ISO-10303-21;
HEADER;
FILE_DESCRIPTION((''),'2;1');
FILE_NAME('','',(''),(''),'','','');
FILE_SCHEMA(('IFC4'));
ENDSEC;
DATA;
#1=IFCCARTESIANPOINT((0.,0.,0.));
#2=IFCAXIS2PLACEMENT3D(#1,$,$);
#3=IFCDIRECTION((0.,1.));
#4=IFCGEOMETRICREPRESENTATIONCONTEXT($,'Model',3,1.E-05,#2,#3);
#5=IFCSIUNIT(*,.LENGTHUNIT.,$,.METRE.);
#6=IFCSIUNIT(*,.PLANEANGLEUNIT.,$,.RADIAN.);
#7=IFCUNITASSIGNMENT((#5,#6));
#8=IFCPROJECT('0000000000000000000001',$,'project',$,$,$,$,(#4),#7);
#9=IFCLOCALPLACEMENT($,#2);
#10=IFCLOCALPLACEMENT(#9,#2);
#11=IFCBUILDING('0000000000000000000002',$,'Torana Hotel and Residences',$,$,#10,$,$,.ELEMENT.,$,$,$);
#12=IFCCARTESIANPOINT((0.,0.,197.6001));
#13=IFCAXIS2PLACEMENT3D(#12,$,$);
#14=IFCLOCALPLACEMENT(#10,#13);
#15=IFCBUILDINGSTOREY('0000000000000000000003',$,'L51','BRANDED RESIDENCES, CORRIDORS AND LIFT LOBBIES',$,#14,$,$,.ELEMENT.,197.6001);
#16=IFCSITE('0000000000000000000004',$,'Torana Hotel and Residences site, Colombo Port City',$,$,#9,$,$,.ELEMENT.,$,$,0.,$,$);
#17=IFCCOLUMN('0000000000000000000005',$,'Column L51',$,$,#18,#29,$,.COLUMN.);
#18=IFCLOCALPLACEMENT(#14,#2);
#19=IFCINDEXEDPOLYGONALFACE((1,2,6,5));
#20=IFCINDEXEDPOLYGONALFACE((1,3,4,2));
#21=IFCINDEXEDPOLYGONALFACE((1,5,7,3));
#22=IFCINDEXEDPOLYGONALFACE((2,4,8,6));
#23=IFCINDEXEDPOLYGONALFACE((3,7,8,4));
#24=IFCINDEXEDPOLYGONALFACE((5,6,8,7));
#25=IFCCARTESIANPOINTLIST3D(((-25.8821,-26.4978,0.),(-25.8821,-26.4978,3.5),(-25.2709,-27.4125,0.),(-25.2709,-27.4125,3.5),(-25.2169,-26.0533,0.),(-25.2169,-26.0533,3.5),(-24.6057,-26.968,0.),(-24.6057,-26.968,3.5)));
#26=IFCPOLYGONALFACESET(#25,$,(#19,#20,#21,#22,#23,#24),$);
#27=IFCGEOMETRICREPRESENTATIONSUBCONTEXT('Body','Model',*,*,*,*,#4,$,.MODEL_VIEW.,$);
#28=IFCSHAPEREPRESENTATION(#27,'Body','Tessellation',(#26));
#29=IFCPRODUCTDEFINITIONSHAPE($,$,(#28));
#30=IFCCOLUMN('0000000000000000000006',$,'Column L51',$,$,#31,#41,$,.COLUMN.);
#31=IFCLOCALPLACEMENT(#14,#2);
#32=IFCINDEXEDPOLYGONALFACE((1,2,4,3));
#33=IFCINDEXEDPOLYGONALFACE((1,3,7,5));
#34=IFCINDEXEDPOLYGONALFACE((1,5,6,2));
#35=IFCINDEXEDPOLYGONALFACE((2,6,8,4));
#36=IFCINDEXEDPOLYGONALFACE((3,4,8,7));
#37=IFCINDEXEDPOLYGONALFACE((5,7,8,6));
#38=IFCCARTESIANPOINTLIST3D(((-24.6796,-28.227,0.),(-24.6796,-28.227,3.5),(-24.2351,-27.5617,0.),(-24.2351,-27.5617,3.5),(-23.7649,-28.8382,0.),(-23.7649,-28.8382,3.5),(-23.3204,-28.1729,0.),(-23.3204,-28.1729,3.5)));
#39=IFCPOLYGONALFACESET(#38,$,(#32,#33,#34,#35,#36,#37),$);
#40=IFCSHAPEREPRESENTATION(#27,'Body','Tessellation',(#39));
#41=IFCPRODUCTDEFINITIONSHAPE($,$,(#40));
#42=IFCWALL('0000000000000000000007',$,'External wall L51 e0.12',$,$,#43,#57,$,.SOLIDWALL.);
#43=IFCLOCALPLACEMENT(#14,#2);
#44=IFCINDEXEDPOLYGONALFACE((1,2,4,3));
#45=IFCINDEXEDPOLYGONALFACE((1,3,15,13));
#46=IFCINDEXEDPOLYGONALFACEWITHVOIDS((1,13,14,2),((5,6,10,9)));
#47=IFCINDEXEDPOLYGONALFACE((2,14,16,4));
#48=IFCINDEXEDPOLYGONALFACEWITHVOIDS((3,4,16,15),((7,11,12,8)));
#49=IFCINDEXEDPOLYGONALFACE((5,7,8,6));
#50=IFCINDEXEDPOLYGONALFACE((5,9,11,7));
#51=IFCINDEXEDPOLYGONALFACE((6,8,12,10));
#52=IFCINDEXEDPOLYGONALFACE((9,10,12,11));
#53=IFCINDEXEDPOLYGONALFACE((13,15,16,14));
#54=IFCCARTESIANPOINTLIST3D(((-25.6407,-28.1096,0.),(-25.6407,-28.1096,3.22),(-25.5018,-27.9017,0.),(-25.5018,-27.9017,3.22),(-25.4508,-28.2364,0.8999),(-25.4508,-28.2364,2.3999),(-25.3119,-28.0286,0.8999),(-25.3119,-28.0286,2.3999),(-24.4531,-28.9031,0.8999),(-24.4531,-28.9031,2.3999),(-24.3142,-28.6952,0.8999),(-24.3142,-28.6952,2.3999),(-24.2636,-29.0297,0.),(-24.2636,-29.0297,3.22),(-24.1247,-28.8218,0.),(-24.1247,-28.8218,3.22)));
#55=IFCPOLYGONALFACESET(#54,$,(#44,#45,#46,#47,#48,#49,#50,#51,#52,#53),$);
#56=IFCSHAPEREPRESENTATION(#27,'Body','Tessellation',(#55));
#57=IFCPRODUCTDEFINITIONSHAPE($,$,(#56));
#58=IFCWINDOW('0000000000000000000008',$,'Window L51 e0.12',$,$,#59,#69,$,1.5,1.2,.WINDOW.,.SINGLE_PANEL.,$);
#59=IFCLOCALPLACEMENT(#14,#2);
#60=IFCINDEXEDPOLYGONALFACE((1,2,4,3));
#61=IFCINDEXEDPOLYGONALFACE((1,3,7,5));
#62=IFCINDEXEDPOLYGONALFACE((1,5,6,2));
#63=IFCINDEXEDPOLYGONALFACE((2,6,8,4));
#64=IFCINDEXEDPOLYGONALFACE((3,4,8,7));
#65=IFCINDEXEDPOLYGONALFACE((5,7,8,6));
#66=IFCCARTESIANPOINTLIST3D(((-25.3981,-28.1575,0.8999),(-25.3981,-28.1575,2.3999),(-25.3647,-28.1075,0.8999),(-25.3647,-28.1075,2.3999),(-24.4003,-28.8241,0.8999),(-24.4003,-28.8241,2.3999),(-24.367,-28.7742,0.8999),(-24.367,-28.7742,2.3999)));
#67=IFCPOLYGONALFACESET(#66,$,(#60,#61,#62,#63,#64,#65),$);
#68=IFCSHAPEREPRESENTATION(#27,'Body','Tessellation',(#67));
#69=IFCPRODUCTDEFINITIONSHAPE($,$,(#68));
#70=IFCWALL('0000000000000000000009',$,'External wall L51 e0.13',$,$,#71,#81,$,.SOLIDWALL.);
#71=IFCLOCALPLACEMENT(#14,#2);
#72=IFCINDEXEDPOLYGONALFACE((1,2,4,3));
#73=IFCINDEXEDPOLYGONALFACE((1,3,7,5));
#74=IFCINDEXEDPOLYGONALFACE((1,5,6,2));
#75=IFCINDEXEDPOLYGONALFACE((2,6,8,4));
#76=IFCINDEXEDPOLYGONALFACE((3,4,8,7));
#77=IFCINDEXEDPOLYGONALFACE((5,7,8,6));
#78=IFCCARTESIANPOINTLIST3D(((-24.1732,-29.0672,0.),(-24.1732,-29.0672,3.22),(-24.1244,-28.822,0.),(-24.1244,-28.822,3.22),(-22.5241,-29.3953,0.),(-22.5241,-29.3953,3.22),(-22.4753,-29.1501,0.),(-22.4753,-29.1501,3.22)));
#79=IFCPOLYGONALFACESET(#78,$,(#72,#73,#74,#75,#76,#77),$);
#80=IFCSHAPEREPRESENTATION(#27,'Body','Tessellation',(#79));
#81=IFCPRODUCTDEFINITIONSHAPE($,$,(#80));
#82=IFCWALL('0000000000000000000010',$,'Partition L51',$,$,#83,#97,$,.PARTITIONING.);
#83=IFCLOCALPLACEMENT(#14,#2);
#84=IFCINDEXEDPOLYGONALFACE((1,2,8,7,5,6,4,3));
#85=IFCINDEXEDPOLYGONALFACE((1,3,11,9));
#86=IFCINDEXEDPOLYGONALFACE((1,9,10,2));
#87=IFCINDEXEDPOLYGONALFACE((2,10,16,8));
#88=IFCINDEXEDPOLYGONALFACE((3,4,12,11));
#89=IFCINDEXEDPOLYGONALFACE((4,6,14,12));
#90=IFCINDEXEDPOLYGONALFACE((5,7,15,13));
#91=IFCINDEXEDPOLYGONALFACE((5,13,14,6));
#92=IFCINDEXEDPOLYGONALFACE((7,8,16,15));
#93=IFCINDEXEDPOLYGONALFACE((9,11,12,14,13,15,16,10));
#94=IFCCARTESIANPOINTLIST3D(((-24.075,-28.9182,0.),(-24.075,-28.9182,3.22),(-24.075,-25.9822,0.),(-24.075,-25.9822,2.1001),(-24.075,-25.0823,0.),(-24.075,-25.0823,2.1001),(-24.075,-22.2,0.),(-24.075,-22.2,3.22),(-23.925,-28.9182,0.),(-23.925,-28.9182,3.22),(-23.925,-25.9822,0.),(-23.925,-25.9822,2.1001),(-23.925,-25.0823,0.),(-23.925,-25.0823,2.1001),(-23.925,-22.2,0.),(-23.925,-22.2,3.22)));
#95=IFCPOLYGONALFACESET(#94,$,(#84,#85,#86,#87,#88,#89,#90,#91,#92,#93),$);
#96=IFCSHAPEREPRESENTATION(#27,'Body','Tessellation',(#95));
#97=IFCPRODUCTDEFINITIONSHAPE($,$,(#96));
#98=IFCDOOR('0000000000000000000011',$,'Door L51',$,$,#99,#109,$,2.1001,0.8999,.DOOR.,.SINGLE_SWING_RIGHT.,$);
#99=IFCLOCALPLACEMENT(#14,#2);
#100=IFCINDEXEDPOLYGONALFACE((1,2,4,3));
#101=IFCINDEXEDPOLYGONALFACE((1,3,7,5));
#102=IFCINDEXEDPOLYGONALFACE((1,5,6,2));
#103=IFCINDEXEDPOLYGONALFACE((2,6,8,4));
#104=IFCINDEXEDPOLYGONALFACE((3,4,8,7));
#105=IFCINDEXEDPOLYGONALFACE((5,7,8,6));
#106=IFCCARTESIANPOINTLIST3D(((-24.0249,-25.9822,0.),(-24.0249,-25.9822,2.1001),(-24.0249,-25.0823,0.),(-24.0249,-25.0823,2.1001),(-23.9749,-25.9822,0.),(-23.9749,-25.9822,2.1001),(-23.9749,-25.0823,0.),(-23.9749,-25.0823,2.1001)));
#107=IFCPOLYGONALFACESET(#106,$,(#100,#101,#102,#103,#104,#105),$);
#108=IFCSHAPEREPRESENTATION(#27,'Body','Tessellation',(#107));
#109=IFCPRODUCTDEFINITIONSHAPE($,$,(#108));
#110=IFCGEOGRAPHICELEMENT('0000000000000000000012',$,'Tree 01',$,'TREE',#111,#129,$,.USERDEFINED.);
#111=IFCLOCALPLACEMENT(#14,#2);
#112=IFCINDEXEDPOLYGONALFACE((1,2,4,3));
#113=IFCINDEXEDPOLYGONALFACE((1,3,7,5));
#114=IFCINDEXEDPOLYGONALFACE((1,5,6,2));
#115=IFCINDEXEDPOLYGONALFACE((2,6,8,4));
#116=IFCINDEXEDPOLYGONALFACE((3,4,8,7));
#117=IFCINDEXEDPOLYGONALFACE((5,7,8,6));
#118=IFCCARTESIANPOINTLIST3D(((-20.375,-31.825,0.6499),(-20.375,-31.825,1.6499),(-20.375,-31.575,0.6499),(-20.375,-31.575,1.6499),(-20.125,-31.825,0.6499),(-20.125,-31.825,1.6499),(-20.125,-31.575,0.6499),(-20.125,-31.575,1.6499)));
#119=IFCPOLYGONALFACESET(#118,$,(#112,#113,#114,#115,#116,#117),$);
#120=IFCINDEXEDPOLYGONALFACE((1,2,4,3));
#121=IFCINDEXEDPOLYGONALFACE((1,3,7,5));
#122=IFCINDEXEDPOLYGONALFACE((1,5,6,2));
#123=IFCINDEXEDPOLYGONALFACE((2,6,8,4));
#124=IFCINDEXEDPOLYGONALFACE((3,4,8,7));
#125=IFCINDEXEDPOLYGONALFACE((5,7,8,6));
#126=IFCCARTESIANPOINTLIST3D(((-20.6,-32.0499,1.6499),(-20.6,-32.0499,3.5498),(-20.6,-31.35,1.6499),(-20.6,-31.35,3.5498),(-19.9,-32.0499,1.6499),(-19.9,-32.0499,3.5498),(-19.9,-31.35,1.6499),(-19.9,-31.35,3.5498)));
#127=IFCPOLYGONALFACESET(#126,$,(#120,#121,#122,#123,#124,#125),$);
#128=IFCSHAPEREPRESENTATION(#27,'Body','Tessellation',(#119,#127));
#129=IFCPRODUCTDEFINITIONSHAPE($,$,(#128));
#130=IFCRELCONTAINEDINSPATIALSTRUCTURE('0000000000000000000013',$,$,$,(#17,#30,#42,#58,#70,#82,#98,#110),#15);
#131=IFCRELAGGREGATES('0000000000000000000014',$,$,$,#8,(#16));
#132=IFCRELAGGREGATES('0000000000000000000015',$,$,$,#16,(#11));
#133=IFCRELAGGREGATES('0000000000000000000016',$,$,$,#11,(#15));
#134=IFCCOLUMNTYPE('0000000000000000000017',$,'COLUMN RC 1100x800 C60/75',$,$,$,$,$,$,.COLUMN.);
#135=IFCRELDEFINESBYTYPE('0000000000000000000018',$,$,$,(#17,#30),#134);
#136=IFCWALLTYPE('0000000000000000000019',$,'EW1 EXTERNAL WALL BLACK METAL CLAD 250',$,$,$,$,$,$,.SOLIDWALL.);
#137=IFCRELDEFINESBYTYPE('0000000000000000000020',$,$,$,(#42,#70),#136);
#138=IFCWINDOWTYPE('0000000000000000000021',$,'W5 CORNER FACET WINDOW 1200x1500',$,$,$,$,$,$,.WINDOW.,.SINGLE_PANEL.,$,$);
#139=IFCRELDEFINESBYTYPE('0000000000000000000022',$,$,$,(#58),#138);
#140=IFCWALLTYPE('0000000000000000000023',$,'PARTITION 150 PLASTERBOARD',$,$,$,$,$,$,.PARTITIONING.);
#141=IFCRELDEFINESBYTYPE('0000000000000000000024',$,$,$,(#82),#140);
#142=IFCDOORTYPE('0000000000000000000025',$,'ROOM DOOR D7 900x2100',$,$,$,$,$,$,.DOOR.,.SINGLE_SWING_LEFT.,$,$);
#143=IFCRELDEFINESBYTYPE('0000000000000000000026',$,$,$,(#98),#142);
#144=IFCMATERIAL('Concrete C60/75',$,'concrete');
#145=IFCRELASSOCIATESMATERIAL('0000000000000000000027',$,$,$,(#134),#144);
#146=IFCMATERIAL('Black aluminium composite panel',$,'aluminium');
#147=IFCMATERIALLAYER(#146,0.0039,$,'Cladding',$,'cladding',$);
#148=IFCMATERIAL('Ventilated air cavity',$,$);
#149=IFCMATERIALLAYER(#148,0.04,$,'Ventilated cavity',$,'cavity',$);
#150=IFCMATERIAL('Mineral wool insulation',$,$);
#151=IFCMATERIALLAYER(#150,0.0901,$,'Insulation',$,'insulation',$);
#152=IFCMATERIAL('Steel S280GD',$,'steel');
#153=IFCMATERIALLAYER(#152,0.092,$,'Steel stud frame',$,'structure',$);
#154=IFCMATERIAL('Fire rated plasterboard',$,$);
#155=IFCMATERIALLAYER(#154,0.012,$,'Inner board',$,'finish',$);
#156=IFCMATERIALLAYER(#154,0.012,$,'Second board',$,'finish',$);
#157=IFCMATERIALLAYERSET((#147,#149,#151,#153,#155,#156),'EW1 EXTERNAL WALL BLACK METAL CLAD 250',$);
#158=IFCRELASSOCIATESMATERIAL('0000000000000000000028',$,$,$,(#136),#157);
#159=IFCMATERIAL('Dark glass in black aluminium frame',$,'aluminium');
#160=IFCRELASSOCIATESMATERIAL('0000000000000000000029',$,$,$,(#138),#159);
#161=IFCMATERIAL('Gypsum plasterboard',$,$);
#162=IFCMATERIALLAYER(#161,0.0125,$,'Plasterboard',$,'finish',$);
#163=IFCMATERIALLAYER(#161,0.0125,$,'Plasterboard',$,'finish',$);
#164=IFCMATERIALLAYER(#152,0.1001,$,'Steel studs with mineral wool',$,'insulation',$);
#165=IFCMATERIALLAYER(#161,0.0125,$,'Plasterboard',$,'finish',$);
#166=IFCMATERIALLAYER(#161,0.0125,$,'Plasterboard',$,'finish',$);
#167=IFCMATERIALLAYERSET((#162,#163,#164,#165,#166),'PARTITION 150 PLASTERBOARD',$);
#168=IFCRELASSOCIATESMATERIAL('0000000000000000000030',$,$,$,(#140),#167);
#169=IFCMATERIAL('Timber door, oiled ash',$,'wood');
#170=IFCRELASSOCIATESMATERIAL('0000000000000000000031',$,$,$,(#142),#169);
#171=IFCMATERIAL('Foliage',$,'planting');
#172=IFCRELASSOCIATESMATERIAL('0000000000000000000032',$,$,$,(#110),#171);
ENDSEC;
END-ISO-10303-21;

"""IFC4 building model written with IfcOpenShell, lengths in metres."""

from ifc_helpers import new_model, si_unit, direction, frame, frame_2d, origin, origin_2d, place, context, subcontext, project, spatial, rectangle, extrude, material, layer, layer_set, material_profile, profile_set, type_object, element, fill, save


model = new_model("IFC4")

# Units and contexts
model_context = context("Model", 3, precision=1e-05, world=origin(), true_north=direction((0.0, 1.0)))
body_context = subcontext(model_context, "Body", "Model", "MODEL_VIEW")
ifc_project = project(units=[si_unit("LENGTHUNIT", "METRE"), si_unit("PLANEANGLEUNIT", "RADIAN")], contexts=[model_context])

# Site, building, storey
site_placement = place(None, origin())
site = spatial("IfcSite", under=ifc_project, at=site_placement, Name="Torana Hotel and Residences site, Colombo Port City", CompositionType="ELEMENT", RefElevation=0.0)
building_placement = place(site_placement, origin())
building = spatial("IfcBuilding", under=site, at=building_placement, Name="Torana Hotel and Residences", CompositionType="ELEMENT")
storey_placement = place(building_placement, frame((0.0, 0.0, 197.6001)))
storey = spatial("IfcBuildingStorey", under=building, at=storey_placement, Name="L51", Description="BRANDED RESIDENCES, CORRIDORS AND LIFT LOBBIES", CompositionType="ELEMENT", Elevation=197.6001)

# Columns
ifc_material_1 = material(Name="Concrete C60/75", Category="concrete")
ifc_material_profile = material_profile(ifc_material_1, rectangle(XDim=1.1001, YDim=0.8, at=origin_2d()), Name="RC 1100x800")
ifc_profile_set = profile_set([ifc_material_profile], Name="Concrete C60/75")
column_type = type_object("IfcColumnType", Name="COLUMN RC 1100x800 C60/75", PredefinedType="COLUMN", material=ifc_profile_set)
for number, where, z_axis, x_axis, name in (
    (1, (-25.2439, -26.7329, 0.0), (0.0, 0.0, 1.0), (-0.555585, 0.83146, 0.0), "Column L51"),
    (2, (-24.0, -28.2, 0.0), (0.0, 0.0, 1.0), (-0.83146, 0.555585, 0.0), "Column L51"),
):
    element("IfcColumn", number, at=place(storey_placement, frame(where, z_axis=z_axis, x_axis=x_axis)), inside=storey, type_object=column_type, Name=name, PredefinedType="COLUMN", context=body_context, shape_type="SweptSolid", body=[
        extrude(rectangle(XDim=1.1001, YDim=0.8, at=origin_2d()), origin(), (0.0, 0.0, 1.0), 3.5),
    ])

# Wall, opening, window
ifc_material_2 = material(Name="Black aluminium composite panel", Category="aluminium")
ifc_layer_1 = layer(ifc_material_2, 0.0039, Name="Cladding", Category="cladding")
ifc_material_3 = material(Name="Ventilated air cavity")
ifc_layer_2 = layer(ifc_material_3, 0.04, Name="Ventilated cavity", Category="cavity")
ifc_material_4 = material(Name="Mineral wool insulation")
ifc_layer_3 = layer(ifc_material_4, 0.0901, Name="Insulation", Category="insulation")
ifc_material_5 = material(Name="Steel S280GD", Category="steel")
ifc_layer_4 = layer(ifc_material_5, 0.092, Name="Steel stud frame", Category="structure")
ifc_material_6 = material(Name="Fire rated plasterboard")
ifc_layer_5 = layer(ifc_material_6, 0.012, Name="Inner board", Category="finish")
ifc_layer_6 = layer(ifc_material_6, 0.012, Name="Second board", Category="finish")
ifc_layer_set_1 = layer_set([ifc_layer_1, ifc_layer_2, ifc_layer_3, ifc_layer_4, ifc_layer_5, ifc_layer_6], Name="EW1 EXTERNAL WALL BLACK METAL CLAD 250")
wall_type_1 = type_object("IfcWallType", Name="EW1 EXTERNAL WALL BLACK METAL CLAD 250", PredefinedType="SOLIDWALL", material=ifc_layer_set_1)
wall_1_placement = place(storey_placement, frame((-25.5713, -28.0056, 0.0), z_axis=(0.0, 0.0, 1.0), x_axis=(0.831483, -0.55555, 0.0)))
wall_1 = element("IfcWall", 3, at=wall_1_placement, inside=storey, type_object=wall_type_1, Name="External wall L51 e0.12", PredefinedType="SOLIDWALL", context=body_context, shape_type="SweptSolid", body=[
    extrude(rectangle(XDim=1.6562, YDim=0.25, at=frame_2d((0.8281, 0.0))), origin(), (0.0, 0.0, 1.0), 3.22),
])
opening_1_placement = place(wall_1_placement, frame((0.2283, 0.0, 0.8999)))
opening_1 = element("IfcOpeningElement", 4, at=opening_1_placement, cuts=wall_1, PredefinedType="OPENING", context=body_context, shape_type="SweptSolid", body=[
    extrude(rectangle(XDim=1.2, YDim=1.5, at=frame_2d((0.6001, 0.75))), frame((0.0, 0.135, 0.0), z_axis=(0.0, -1.0, 0.0), x_axis=(1.0, 0.0, 0.0)), (0.0, 0.0, 1.0), 0.27),
])
ifc_material_7 = material(Name="Dark glass in black aluminium frame", Category="aluminium")
window_type_1 = type_object("IfcWindowType", Name="W5 CORNER FACET WINDOW 1200x1500", PartitioningType="SINGLE_PANEL", PredefinedType="WINDOW", material=ifc_material_7)
window_1_placement = place(opening_1_placement, origin())
window_1 = element("IfcWindow", 5, at=window_1_placement, inside=storey, type_object=window_type_1, Name="Window L51 e0.12", OverallHeight=1.5, OverallWidth=1.2, PartitioningType="SINGLE_PANEL", PredefinedType="WINDOW", context=body_context, shape_type="SweptSolid", body=[
    extrude(rectangle(XDim=1.2, YDim=1.5, at=frame_2d((0.6001, 0.75))), frame((0.0, 0.03, 0.0), z_axis=(0.0, -1.0, 0.0), x_axis=(1.0, 0.0, 0.0)), (0.0, 0.0, 1.0), 0.0601),
])
fill(opening_1, window_1)

# Wall
wall_2_placement = place(storey_placement, frame((-24.1489, -28.9446, 0.0), z_axis=(0.0, 0.0, 1.0), x_axis=(0.980776, -0.195139, 0.0)))
element("IfcWall", 6, at=wall_2_placement, inside=storey, type_object=wall_type_1, Name="External wall L51 e0.13", PredefinedType="SOLIDWALL", context=body_context, shape_type="SweptSolid", body=[
    extrude(rectangle(XDim=1.6814, YDim=0.25, at=frame_2d((0.8408, 0.0))), origin(), (0.0, 0.0, 1.0), 3.22),
])

# Wall, opening, door
ifc_material_8 = material(Name="Gypsum plasterboard")
ifc_layer_7 = layer(ifc_material_8, 0.0125, Name="Plasterboard", Category="finish")
ifc_layer_8 = layer(ifc_material_8, 0.0125, Name="Plasterboard", Category="finish")
ifc_layer_9 = layer(ifc_material_5, 0.1001, Name="Steel studs with mineral wool", Category="insulation")
ifc_layer_10 = layer(ifc_material_8, 0.0125, Name="Plasterboard", Category="finish")
ifc_layer_11 = layer(ifc_material_8, 0.0125, Name="Plasterboard", Category="finish")
ifc_layer_set_2 = layer_set([ifc_layer_7, ifc_layer_8, ifc_layer_9, ifc_layer_10, ifc_layer_11], Name="PARTITION 150 PLASTERBOARD")
wall_type_2 = type_object("IfcWallType", Name="PARTITION 150 PLASTERBOARD", PredefinedType="PARTITIONING", material=ifc_layer_set_2)
wall_3_placement = place(storey_placement, frame((-24.0, -28.9182, 0.0), z_axis=(0.0, 0.0, 1.0), x_axis=(0.0, 1.0, 0.0)))
wall_3 = element("IfcWall", 7, at=wall_3_placement, inside=storey, type_object=wall_type_2, Name="Partition L51", PredefinedType="PARTITIONING", context=body_context, shape_type="SweptSolid", body=[
    extrude(rectangle(XDim=6.7183, YDim=0.1499, at=frame_2d((3.3591, 0.0))), origin(), (0.0, 0.0, 1.0), 3.22),
])
opening_2_placement = place(wall_3_placement, frame((2.936, 0.0, 0.0)))
opening_2 = element("IfcOpeningElement", 8, at=opening_2_placement, cuts=wall_3, PredefinedType="OPENING", context=body_context, shape_type="SweptSolid", body=[
    extrude(rectangle(XDim=0.8999, YDim=2.1001, at=frame_2d((0.45, 1.05))), frame((0.0, 0.085, 0.0), z_axis=(0.0, -1.0, 0.0), x_axis=(1.0, 0.0, 0.0)), (0.0, 0.0, 1.0), 0.1699),
])
ifc_material_9 = material(Name="Timber door, oiled ash", Category="wood")
door_type_1 = type_object("IfcDoorType", Name="ROOM DOOR D7 900x2100", OperationType="SINGLE_SWING_LEFT", PredefinedType="DOOR", material=ifc_material_9)
door_1_placement = place(opening_2_placement, origin())
door_1 = element("IfcDoor", 9, at=door_1_placement, inside=storey, type_object=door_type_1, Name="Door L51", OperationType="SINGLE_SWING_RIGHT", OverallHeight=2.1001, OverallWidth=0.8999, PredefinedType="DOOR", context=body_context, shape_type="SweptSolid", body=[
    extrude(rectangle(XDim=0.8999, YDim=2.1001, at=frame_2d((0.45, 1.05))), frame((0.0, 0.0249, 0.0), z_axis=(0.0, -1.0, 0.0), x_axis=(1.0, 0.0, 0.0)), (0.0, 0.0, 1.0), 0.05),
])
fill(opening_2, door_1)

# Geographic element
ifc_material_10 = material(Name="Foliage", Category="planting")
geographic_element_placement = place(storey_placement, frame((-20.25, -31.7, 0.6499), z_axis=(0.0, 0.0, 1.0), x_axis=(1.0, 0.0, 0.0)))
element("IfcGeographicElement", 10, at=geographic_element_placement, inside=storey, material=ifc_material_10, Name="Tree 01", ObjectType="TREE", PredefinedType="USERDEFINED", context=body_context, shape_type="SweptSolid", body=[
    extrude(rectangle(XDim=0.25, YDim=0.25, at=origin_2d()), origin(), (0.0, 0.0, 1.0), 1.0),
    extrude(rectangle(XDim=0.7, YDim=0.7, at=origin_2d()), frame((0.0, 0.0, 1.0)), (0.0, 0.0, 1.0), 1.8999),
])

save(model, "model.ifc")
